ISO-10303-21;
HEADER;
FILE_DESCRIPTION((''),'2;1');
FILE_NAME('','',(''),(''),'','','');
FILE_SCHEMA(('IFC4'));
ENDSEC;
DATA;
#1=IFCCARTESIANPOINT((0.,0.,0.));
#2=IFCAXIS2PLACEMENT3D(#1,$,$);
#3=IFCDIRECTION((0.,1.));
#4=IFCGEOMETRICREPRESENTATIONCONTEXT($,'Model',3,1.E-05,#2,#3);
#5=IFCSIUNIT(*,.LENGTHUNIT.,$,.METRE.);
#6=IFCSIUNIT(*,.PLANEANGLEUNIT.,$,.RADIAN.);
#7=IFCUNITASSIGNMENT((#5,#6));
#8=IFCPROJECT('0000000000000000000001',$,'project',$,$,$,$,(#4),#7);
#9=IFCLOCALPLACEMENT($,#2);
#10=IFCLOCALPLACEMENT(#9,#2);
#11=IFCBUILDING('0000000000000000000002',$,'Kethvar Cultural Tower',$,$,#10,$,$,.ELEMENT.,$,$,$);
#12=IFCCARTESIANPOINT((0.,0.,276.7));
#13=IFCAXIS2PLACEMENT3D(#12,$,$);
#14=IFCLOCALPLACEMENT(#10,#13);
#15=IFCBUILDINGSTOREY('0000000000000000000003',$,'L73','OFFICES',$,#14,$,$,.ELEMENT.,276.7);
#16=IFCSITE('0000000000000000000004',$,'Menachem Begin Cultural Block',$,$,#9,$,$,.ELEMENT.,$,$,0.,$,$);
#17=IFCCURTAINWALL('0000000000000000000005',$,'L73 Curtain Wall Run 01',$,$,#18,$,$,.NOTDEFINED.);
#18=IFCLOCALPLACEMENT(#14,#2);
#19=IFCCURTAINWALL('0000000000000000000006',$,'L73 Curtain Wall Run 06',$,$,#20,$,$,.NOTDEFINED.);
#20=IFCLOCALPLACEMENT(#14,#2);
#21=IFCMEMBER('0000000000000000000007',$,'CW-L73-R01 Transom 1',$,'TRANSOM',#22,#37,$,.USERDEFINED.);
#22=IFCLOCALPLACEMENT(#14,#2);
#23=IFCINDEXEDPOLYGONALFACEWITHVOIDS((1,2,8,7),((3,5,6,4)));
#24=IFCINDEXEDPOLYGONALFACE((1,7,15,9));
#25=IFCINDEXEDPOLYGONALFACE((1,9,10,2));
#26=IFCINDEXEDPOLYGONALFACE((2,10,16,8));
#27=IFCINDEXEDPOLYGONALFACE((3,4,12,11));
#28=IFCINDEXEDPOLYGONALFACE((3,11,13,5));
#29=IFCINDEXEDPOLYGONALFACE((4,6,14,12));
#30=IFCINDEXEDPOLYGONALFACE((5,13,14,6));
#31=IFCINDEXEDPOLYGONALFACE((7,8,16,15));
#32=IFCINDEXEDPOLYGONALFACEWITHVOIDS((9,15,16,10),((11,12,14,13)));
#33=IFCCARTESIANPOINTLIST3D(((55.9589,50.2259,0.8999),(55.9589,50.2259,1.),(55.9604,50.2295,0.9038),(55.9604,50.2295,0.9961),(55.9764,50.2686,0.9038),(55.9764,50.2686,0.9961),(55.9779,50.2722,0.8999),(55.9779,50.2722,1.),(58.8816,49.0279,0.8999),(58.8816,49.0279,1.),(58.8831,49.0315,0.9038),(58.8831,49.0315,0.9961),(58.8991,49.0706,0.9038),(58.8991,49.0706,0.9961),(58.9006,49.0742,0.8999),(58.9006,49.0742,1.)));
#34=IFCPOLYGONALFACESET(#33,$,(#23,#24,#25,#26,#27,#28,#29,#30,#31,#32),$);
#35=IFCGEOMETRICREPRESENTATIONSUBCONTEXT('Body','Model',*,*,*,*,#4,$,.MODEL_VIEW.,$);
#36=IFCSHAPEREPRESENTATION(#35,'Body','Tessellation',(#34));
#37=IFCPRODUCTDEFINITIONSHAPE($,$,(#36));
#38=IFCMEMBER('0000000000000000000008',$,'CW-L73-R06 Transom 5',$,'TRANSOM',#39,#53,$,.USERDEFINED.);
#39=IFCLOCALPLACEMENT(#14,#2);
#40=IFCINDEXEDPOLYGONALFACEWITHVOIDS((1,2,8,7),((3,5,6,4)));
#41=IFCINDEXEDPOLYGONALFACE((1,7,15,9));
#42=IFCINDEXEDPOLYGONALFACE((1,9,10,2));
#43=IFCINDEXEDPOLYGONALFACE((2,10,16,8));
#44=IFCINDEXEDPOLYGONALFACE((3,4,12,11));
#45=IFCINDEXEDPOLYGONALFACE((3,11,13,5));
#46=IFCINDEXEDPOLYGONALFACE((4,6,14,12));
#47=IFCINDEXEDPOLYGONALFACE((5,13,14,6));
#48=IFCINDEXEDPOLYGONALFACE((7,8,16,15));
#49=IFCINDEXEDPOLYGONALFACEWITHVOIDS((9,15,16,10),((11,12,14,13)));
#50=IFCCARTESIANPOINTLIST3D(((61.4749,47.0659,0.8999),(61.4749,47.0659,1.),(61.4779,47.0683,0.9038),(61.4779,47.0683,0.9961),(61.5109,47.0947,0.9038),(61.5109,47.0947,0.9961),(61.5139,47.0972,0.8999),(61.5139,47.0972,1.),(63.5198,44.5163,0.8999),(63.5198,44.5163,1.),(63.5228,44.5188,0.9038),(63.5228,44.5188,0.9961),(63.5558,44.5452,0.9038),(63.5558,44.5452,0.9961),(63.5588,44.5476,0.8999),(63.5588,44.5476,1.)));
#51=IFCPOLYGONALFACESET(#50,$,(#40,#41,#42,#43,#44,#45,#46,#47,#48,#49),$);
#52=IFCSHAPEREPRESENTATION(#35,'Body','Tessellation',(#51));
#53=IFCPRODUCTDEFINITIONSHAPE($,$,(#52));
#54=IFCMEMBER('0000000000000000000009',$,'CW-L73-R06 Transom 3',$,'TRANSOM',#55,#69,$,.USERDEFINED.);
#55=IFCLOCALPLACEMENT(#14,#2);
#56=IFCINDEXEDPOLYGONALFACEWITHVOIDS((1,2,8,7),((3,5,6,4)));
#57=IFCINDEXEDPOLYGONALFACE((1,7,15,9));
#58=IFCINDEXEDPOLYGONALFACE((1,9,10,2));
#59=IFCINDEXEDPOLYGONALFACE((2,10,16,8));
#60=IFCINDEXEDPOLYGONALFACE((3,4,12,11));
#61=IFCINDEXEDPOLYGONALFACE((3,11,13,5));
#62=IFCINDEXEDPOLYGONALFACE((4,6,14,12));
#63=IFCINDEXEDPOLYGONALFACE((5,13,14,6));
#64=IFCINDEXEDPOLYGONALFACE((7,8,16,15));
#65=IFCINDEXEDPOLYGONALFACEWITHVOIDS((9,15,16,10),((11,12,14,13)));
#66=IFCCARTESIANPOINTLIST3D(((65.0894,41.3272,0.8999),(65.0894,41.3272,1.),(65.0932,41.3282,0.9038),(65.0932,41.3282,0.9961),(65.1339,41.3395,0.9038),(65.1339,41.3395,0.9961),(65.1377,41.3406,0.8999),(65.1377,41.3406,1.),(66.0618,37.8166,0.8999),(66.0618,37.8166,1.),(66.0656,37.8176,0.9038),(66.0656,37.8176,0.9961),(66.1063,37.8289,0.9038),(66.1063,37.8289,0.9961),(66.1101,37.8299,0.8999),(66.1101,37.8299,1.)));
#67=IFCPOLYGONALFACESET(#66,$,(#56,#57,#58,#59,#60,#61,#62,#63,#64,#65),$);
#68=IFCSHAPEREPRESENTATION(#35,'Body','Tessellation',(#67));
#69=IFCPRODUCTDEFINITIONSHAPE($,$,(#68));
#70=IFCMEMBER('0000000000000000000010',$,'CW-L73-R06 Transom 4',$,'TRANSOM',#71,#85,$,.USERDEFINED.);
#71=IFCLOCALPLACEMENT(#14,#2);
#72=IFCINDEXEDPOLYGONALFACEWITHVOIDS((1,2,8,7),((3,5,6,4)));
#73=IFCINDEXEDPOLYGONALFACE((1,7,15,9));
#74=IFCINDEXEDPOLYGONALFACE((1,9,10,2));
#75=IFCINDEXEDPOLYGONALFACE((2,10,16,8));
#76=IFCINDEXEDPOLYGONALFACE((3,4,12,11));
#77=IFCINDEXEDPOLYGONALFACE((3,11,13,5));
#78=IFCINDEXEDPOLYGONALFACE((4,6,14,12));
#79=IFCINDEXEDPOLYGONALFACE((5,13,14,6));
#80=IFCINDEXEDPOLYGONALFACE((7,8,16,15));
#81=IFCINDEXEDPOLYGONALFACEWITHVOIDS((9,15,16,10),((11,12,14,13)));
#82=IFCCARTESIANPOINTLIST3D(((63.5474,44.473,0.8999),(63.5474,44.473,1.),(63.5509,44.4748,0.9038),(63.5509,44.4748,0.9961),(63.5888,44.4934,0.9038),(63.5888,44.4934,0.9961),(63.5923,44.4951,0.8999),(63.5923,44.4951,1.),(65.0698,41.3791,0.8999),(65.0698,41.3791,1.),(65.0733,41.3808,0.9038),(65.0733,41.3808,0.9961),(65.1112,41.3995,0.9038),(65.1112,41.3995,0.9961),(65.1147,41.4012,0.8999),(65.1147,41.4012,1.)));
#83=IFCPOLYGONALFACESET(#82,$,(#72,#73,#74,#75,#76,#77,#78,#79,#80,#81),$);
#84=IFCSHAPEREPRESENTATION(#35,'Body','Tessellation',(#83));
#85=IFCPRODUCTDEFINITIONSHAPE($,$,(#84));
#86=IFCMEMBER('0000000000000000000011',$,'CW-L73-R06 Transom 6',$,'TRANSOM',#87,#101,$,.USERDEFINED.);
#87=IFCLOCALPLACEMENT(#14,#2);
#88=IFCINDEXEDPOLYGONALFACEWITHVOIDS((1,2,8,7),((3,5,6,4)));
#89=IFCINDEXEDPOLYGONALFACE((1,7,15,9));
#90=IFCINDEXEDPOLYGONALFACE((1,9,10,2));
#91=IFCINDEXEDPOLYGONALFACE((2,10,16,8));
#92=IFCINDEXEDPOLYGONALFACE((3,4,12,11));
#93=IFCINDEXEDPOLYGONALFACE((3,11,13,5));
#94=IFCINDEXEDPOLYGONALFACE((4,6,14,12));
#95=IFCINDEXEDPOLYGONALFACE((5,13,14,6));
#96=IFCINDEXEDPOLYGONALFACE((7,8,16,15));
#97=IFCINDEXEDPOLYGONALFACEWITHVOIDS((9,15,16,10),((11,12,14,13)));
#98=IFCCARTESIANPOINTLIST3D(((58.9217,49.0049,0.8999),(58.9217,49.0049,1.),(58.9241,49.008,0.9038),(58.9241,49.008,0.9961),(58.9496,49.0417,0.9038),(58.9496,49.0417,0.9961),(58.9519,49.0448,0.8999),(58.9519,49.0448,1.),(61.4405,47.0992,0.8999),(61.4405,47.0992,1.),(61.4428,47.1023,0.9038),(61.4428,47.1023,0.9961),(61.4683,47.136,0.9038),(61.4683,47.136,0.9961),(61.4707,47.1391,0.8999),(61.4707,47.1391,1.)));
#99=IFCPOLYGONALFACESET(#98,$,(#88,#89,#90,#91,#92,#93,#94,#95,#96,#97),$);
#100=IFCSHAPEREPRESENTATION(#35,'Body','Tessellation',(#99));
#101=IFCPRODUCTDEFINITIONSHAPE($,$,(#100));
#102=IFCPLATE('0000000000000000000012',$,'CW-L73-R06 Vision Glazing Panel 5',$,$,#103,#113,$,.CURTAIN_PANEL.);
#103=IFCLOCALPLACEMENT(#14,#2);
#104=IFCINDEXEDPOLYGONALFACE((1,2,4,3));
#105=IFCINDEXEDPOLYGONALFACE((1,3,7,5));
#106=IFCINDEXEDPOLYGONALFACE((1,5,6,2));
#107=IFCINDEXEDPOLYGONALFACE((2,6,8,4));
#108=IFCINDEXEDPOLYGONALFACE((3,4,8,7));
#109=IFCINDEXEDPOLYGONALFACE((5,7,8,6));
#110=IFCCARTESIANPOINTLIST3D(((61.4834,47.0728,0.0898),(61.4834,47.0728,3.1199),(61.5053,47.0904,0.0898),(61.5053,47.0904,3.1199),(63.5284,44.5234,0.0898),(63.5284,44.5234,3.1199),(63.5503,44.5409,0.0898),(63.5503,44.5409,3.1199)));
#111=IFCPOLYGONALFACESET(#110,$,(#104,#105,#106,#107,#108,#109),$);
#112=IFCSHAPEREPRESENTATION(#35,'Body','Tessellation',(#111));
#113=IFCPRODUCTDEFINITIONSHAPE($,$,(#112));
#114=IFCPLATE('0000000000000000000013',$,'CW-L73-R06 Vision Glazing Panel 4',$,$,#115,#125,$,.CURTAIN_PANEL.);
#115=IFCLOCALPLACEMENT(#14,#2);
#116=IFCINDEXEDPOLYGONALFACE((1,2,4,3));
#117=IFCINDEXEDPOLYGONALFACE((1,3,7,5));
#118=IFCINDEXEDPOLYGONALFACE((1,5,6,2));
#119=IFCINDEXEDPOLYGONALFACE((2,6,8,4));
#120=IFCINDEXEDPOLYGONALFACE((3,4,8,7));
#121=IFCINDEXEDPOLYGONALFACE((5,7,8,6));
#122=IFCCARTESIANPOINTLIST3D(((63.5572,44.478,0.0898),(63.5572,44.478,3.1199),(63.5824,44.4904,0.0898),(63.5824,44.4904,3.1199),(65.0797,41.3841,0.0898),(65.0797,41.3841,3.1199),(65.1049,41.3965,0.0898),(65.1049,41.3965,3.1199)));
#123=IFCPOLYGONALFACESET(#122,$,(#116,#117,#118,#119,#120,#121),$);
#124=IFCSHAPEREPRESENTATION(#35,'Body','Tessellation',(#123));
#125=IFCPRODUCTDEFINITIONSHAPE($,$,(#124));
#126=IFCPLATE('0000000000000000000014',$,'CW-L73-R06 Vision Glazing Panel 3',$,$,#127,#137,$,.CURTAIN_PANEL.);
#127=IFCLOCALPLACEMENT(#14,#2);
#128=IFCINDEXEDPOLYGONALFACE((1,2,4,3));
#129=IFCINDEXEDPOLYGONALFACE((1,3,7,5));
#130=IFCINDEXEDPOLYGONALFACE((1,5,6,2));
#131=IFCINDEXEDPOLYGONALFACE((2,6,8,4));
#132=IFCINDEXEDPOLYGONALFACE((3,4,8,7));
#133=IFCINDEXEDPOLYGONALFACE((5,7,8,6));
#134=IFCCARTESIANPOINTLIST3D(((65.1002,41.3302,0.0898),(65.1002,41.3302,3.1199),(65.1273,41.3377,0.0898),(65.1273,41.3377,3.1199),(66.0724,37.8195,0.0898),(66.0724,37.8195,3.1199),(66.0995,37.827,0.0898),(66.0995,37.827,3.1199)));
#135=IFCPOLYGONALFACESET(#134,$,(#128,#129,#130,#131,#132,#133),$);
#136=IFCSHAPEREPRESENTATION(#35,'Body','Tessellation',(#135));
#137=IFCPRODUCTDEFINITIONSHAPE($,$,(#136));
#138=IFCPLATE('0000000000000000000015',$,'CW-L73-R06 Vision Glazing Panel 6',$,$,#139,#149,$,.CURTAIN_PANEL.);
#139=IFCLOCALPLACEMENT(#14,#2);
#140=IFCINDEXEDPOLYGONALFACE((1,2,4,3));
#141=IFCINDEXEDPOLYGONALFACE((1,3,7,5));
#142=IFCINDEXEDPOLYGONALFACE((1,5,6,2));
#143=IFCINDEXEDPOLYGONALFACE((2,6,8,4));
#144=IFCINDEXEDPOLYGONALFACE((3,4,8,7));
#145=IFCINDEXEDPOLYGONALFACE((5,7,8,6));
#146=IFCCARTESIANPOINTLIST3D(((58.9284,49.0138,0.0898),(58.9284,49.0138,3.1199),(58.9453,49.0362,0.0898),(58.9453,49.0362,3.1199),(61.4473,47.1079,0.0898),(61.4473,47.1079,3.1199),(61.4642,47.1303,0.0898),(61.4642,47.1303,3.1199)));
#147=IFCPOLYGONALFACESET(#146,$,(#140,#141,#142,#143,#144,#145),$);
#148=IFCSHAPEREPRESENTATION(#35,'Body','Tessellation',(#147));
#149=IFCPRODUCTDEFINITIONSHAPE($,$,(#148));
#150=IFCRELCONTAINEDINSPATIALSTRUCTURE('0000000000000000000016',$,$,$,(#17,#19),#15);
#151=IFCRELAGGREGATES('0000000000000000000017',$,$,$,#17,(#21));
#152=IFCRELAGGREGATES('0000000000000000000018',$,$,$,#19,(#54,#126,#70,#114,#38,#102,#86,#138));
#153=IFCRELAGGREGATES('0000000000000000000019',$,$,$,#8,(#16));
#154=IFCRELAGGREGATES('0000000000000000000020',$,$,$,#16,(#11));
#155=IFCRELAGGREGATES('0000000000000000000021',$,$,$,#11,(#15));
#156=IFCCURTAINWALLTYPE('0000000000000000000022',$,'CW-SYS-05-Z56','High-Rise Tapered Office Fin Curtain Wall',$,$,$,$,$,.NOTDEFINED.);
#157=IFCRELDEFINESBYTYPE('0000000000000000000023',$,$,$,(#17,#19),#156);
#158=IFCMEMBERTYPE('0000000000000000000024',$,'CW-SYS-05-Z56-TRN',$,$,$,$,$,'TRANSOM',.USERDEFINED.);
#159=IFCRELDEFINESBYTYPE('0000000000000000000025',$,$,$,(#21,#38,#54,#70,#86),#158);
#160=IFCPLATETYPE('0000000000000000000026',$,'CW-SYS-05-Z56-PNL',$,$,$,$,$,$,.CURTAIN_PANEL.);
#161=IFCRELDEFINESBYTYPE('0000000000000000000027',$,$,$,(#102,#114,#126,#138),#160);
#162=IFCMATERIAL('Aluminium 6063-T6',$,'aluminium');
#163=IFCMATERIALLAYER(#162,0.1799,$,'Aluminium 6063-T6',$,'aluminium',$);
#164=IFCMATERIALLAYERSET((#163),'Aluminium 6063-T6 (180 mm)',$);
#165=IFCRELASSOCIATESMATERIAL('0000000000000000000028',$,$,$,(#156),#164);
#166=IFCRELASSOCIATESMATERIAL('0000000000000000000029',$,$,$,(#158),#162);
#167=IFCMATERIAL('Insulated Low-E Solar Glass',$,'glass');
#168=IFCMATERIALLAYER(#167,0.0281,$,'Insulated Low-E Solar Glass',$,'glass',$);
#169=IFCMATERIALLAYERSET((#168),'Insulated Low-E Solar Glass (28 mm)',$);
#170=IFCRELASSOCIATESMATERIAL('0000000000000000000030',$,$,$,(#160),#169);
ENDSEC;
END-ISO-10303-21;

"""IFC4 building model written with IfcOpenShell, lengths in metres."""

from ifc_helpers import new_model, si_unit, direction, frame, origin, origin_2d, place, context, subcontext, project, spatial, rectangle, hollow_rectangle, extrude, source, transform, mapped, material, layer, layer_set, material_profile, profile_set, type_object, element, aggregate, save


model = new_model("IFC4")

# Units and contexts
model_context = context("Model", 3, precision=1e-05, world=origin(), true_north=direction((0.0, 1.0)))
body_context = subcontext(model_context, "Body", "Model", "MODEL_VIEW")
ifc_project = project(units=[si_unit("LENGTHUNIT", "METRE"), si_unit("PLANEANGLEUNIT", "RADIAN")], contexts=[model_context])

# Site, building, storey
site_placement = place(None, origin())
site = spatial("IfcSite", under=ifc_project, at=site_placement, Name="Menachem Begin Cultural Block", CompositionType="ELEMENT", RefElevation=0.0)
building_placement = place(site_placement, origin())
building = spatial("IfcBuilding", under=site, at=building_placement, Name="Kethvar Cultural Tower", CompositionType="ELEMENT")
storey_placement = place(building_placement, frame((0.0, 0.0, 276.7)))
storey = spatial("IfcBuildingStorey", under=building, at=storey_placement, Name="L73", Description="OFFICES", CompositionType="ELEMENT", Elevation=276.7)

# Curtain wall
ifc_material_1 = material(Name="Aluminium 6063-T6", Category="aluminium")
ifc_layer_1 = layer(ifc_material_1, 0.1799, Name="Aluminium 6063-T6", Category="aluminium")
ifc_layer_set_1 = layer_set([ifc_layer_1], Name="Aluminium 6063-T6 (180 mm)")
curtain_wall_type = type_object("IfcCurtainWallType", Name="CW-SYS-05-Z56", Description="High-Rise Tapered Office Fin Curtain Wall", PredefinedType="NOTDEFINED", material=ifc_layer_set_1)
curtain_wall_1_placement = place(storey_placement, origin())
curtain_wall_1 = element("IfcCurtainWall", 1, at=curtain_wall_1_placement, inside=storey, type_object=curtain_wall_type, Name="L73 Curtain Wall Run 01", PredefinedType="NOTDEFINED")

# Curtain wall
curtain_wall_2_placement = place(storey_placement, origin())
curtain_wall_2 = element("IfcCurtainWall", 2, at=curtain_wall_2_placement, inside=storey, type_object=curtain_wall_type, Name="L73 Curtain Wall Run 06", PredefinedType="NOTDEFINED")

# Members
ifc_material_profile_1 = material_profile(ifc_material_1, hollow_rectangle(XDim=0.05, YDim=0.1001, WallThickness=0.0039, at=origin_2d()), Name="Aluminium 6063-T6 — RHS100x50x4")
ifc_profile_set_1 = profile_set([ifc_material_profile_1], Name="Aluminium 6063-T6 — RHS100x50x4")
member_type_1 = type_object("IfcMemberType", Name="CW-SYS-05-Z56-TRN", ElementType="TRANSOM", PredefinedType="USERDEFINED", material=ifc_profile_set_1)
shared_shape_1 = source(origin(), body_context, "Body", "SweptSolid", [
    extrude(hollow_rectangle(XDim=0.05, YDim=0.1001, WallThickness=0.0039, at=origin_2d()), origin(), (0.0, 0.0, 1.0), 3.1587),
])
member_1_placement = place(storey_placement, frame((58.8911, 49.051, 0.95), z_axis=(-0.925282, 0.37928, 0.0), x_axis=(-0.37928, -0.925282, 0.0)))
member_1 = element("IfcMember", 3, at=member_1_placement, type_object=member_type_1, Name="CW-L73-R01 Transom 1", ObjectType="TRANSOM", PredefinedType="USERDEFINED", context=body_context, shape_type="MappedRepresentation", body=[
    mapped(shared_shape_1, transform((0.0, 0.0, 0.0), scale=1.0)),
])
aggregate(curtain_wall_1, [member_1])
shared_shape_2 = source(origin(), body_context, "Body", "SweptSolid", [
    extrude(hollow_rectangle(XDim=0.05, YDim=0.1001, WallThickness=0.0039, at=origin_2d()), origin(), (0.0, 0.0, 1.0), 3.2683),
])
member_2_placement = place(storey_placement, frame((63.5393, 44.532, 0.95), z_axis=(-0.625678, 0.780081, 0.0), x_axis=(-0.780081, -0.625678, 0.0)))
member_2 = element("IfcMember", 4, at=member_2_placement, type_object=member_type_1, Name="CW-L73-R06 Transom 5", ObjectType="TRANSOM", PredefinedType="USERDEFINED", context=body_context, shape_type="MappedRepresentation", body=[
    mapped(shared_shape_2, transform((0.0, 0.0, 0.0), scale=1.0)),
])
shared_shape_3 = source(origin(), body_context, "Body", "SweptSolid", [
    extrude(hollow_rectangle(XDim=0.05, YDim=0.1001, WallThickness=0.0039, at=origin_2d()), origin(), (0.0, 0.0, 1.0), 3.6428),
])
member_3_placement = place(storey_placement, frame((66.0859, 37.8232, 0.95), z_axis=(-0.266932, 0.963715, 0.0), x_axis=(-0.963715, -0.266932, 0.0)))
member_3 = element("IfcMember", 5, at=member_3_placement, type_object=member_type_1, Name="CW-L73-R06 Transom 3", ObjectType="TRANSOM", PredefinedType="USERDEFINED", context=body_context, shape_type="MappedRepresentation", body=[
    mapped(shared_shape_3, transform((0.0, 0.0, 0.0), scale=1.0)),
])
shared_shape_4 = source(origin(), body_context, "Body", "SweptSolid", [
    extrude(hollow_rectangle(XDim=0.05, YDim=0.1001, WallThickness=0.0039, at=origin_2d()), origin(), (0.0, 0.0, 1.0), 3.4482),
])
member_4_placement = place(storey_placement, frame((65.0923, 41.3901, 0.95), z_axis=(-0.441512, 0.897255, 0.0), x_axis=(-0.897255, -0.441512, 0.0)))
member_4 = element("IfcMember", 6, at=member_4_placement, type_object=member_type_1, Name="CW-L73-R06 Transom 4", ObjectType="TRANSOM", PredefinedType="USERDEFINED", context=body_context, shape_type="MappedRepresentation", body=[
    mapped(shared_shape_4, transform((0.0, 0.0, 0.0), scale=1.0)),
])
shared_shape_5 = source(origin(), body_context, "Body", "SweptSolid", [
    extrude(hollow_rectangle(XDim=0.05, YDim=0.1001, WallThickness=0.0039, at=origin_2d()), origin(), (0.0, 0.0, 1.0), 3.1584),
])
member_5_placement = place(storey_placement, frame((61.4556, 47.1191, 0.95), z_axis=(-0.797461, 0.603371, 0.0), x_axis=(-0.603371, -0.797461, 0.0)))
member_5 = element("IfcMember", 7, at=member_5_placement, type_object=member_type_1, Name="CW-L73-R06 Transom 6", ObjectType="TRANSOM", PredefinedType="USERDEFINED", context=body_context, shape_type="MappedRepresentation", body=[
    mapped(shared_shape_5, transform((0.0, 0.0, 0.0), scale=1.0)),
])

# Plates
ifc_material_2 = material(Name="Insulated Low-E Solar Glass", Category="glass")
ifc_layer_2 = layer(ifc_material_2, 0.0281, Name="Insulated Low-E Solar Glass", Category="glass")
ifc_layer_set_2 = layer_set([ifc_layer_2], Name="Insulated Low-E Solar Glass (28 mm)")
plate_type = type_object("IfcPlateType", Name="CW-SYS-05-Z56-PNL", PredefinedType="CURTAIN_PANEL", material=ifc_layer_set_2)
shared_shape_6 = source(origin(), body_context, "Body", "SweptSolid", [
    extrude(rectangle(XDim=3.2683, YDim=0.0281, at=origin_2d()), origin(), (0.0, 0.0, 1.0), 3.03),
])
plate_1_placement = place(storey_placement, frame((62.5168, 45.8069, 0.0898), z_axis=(0.0, 0.0, 1.0), x_axis=(-0.625706, 0.780059, 0.0)))
plate_1 = element("IfcPlate", 8, at=plate_1_placement, type_object=plate_type, Name="CW-L73-R06 Vision Glazing Panel 5", PredefinedType="CURTAIN_PANEL", context=body_context, shape_type="MappedRepresentation", body=[
    mapped(shared_shape_6, transform((0.0, 0.0, 0.0), scale=1.0)),
])
shared_shape_7 = source(origin(), body_context, "Body", "SweptSolid", [
    extrude(rectangle(XDim=3.4482, YDim=0.0281, at=origin_2d()), origin(), (0.0, 0.0, 1.0), 3.03),
])
plate_2_placement = place(storey_placement, frame((64.3311, 42.9373, 0.0898), z_axis=(0.0, 0.0, 1.0), x_axis=(-0.441506, 0.897258, 0.0)))
plate_2 = element("IfcPlate", 9, at=plate_2_placement, type_object=plate_type, Name="CW-L73-R06 Vision Glazing Panel 4", PredefinedType="CURTAIN_PANEL", context=body_context, shape_type="MappedRepresentation", body=[
    mapped(shared_shape_7, transform((0.0, 0.0, 0.0), scale=1.0)),
])
shared_shape_8 = source(origin(), body_context, "Body", "SweptSolid", [
    extrude(rectangle(XDim=3.6428, YDim=0.0281, at=origin_2d()), origin(), (0.0, 0.0, 1.0), 3.03),
])
plate_3_placement = place(storey_placement, frame((65.5999, 39.5786, 0.0898), z_axis=(0.0, 0.0, 1.0), x_axis=(-0.266885, 0.963728, 0.0)))
plate_3 = element("IfcPlate", 10, at=plate_3_placement, type_object=plate_type, Name="CW-L73-R06 Vision Glazing Panel 3", PredefinedType="CURTAIN_PANEL", context=body_context, shape_type="MappedRepresentation", body=[
    mapped(shared_shape_8, transform((0.0, 0.0, 0.0), scale=1.0)),
])
shared_shape_9 = source(origin(), body_context, "Body", "SweptSolid", [
    extrude(rectangle(XDim=3.1587, YDim=0.0281, at=origin_2d()), origin(), (0.0, 0.0, 1.0), 3.03),
])
plate_4_placement = place(storey_placement, frame((60.1963, 48.072, 0.0898), z_axis=(0.0, 0.0, 1.0), x_axis=(-0.797447, 0.603389, 0.0)))
plate_4 = element("IfcPlate", 11, at=plate_4_placement, type_object=plate_type, Name="CW-L73-R06 Vision Glazing Panel 6", PredefinedType="CURTAIN_PANEL", context=body_context, shape_type="MappedRepresentation", body=[
    mapped(shared_shape_9, transform((0.0, 0.0, 0.0), scale=1.0)),
])
aggregate(curtain_wall_2, [member_3, plate_3, member_4, plate_2, member_2, plate_1, member_5, plate_4])

save(model, "model.ifc")
